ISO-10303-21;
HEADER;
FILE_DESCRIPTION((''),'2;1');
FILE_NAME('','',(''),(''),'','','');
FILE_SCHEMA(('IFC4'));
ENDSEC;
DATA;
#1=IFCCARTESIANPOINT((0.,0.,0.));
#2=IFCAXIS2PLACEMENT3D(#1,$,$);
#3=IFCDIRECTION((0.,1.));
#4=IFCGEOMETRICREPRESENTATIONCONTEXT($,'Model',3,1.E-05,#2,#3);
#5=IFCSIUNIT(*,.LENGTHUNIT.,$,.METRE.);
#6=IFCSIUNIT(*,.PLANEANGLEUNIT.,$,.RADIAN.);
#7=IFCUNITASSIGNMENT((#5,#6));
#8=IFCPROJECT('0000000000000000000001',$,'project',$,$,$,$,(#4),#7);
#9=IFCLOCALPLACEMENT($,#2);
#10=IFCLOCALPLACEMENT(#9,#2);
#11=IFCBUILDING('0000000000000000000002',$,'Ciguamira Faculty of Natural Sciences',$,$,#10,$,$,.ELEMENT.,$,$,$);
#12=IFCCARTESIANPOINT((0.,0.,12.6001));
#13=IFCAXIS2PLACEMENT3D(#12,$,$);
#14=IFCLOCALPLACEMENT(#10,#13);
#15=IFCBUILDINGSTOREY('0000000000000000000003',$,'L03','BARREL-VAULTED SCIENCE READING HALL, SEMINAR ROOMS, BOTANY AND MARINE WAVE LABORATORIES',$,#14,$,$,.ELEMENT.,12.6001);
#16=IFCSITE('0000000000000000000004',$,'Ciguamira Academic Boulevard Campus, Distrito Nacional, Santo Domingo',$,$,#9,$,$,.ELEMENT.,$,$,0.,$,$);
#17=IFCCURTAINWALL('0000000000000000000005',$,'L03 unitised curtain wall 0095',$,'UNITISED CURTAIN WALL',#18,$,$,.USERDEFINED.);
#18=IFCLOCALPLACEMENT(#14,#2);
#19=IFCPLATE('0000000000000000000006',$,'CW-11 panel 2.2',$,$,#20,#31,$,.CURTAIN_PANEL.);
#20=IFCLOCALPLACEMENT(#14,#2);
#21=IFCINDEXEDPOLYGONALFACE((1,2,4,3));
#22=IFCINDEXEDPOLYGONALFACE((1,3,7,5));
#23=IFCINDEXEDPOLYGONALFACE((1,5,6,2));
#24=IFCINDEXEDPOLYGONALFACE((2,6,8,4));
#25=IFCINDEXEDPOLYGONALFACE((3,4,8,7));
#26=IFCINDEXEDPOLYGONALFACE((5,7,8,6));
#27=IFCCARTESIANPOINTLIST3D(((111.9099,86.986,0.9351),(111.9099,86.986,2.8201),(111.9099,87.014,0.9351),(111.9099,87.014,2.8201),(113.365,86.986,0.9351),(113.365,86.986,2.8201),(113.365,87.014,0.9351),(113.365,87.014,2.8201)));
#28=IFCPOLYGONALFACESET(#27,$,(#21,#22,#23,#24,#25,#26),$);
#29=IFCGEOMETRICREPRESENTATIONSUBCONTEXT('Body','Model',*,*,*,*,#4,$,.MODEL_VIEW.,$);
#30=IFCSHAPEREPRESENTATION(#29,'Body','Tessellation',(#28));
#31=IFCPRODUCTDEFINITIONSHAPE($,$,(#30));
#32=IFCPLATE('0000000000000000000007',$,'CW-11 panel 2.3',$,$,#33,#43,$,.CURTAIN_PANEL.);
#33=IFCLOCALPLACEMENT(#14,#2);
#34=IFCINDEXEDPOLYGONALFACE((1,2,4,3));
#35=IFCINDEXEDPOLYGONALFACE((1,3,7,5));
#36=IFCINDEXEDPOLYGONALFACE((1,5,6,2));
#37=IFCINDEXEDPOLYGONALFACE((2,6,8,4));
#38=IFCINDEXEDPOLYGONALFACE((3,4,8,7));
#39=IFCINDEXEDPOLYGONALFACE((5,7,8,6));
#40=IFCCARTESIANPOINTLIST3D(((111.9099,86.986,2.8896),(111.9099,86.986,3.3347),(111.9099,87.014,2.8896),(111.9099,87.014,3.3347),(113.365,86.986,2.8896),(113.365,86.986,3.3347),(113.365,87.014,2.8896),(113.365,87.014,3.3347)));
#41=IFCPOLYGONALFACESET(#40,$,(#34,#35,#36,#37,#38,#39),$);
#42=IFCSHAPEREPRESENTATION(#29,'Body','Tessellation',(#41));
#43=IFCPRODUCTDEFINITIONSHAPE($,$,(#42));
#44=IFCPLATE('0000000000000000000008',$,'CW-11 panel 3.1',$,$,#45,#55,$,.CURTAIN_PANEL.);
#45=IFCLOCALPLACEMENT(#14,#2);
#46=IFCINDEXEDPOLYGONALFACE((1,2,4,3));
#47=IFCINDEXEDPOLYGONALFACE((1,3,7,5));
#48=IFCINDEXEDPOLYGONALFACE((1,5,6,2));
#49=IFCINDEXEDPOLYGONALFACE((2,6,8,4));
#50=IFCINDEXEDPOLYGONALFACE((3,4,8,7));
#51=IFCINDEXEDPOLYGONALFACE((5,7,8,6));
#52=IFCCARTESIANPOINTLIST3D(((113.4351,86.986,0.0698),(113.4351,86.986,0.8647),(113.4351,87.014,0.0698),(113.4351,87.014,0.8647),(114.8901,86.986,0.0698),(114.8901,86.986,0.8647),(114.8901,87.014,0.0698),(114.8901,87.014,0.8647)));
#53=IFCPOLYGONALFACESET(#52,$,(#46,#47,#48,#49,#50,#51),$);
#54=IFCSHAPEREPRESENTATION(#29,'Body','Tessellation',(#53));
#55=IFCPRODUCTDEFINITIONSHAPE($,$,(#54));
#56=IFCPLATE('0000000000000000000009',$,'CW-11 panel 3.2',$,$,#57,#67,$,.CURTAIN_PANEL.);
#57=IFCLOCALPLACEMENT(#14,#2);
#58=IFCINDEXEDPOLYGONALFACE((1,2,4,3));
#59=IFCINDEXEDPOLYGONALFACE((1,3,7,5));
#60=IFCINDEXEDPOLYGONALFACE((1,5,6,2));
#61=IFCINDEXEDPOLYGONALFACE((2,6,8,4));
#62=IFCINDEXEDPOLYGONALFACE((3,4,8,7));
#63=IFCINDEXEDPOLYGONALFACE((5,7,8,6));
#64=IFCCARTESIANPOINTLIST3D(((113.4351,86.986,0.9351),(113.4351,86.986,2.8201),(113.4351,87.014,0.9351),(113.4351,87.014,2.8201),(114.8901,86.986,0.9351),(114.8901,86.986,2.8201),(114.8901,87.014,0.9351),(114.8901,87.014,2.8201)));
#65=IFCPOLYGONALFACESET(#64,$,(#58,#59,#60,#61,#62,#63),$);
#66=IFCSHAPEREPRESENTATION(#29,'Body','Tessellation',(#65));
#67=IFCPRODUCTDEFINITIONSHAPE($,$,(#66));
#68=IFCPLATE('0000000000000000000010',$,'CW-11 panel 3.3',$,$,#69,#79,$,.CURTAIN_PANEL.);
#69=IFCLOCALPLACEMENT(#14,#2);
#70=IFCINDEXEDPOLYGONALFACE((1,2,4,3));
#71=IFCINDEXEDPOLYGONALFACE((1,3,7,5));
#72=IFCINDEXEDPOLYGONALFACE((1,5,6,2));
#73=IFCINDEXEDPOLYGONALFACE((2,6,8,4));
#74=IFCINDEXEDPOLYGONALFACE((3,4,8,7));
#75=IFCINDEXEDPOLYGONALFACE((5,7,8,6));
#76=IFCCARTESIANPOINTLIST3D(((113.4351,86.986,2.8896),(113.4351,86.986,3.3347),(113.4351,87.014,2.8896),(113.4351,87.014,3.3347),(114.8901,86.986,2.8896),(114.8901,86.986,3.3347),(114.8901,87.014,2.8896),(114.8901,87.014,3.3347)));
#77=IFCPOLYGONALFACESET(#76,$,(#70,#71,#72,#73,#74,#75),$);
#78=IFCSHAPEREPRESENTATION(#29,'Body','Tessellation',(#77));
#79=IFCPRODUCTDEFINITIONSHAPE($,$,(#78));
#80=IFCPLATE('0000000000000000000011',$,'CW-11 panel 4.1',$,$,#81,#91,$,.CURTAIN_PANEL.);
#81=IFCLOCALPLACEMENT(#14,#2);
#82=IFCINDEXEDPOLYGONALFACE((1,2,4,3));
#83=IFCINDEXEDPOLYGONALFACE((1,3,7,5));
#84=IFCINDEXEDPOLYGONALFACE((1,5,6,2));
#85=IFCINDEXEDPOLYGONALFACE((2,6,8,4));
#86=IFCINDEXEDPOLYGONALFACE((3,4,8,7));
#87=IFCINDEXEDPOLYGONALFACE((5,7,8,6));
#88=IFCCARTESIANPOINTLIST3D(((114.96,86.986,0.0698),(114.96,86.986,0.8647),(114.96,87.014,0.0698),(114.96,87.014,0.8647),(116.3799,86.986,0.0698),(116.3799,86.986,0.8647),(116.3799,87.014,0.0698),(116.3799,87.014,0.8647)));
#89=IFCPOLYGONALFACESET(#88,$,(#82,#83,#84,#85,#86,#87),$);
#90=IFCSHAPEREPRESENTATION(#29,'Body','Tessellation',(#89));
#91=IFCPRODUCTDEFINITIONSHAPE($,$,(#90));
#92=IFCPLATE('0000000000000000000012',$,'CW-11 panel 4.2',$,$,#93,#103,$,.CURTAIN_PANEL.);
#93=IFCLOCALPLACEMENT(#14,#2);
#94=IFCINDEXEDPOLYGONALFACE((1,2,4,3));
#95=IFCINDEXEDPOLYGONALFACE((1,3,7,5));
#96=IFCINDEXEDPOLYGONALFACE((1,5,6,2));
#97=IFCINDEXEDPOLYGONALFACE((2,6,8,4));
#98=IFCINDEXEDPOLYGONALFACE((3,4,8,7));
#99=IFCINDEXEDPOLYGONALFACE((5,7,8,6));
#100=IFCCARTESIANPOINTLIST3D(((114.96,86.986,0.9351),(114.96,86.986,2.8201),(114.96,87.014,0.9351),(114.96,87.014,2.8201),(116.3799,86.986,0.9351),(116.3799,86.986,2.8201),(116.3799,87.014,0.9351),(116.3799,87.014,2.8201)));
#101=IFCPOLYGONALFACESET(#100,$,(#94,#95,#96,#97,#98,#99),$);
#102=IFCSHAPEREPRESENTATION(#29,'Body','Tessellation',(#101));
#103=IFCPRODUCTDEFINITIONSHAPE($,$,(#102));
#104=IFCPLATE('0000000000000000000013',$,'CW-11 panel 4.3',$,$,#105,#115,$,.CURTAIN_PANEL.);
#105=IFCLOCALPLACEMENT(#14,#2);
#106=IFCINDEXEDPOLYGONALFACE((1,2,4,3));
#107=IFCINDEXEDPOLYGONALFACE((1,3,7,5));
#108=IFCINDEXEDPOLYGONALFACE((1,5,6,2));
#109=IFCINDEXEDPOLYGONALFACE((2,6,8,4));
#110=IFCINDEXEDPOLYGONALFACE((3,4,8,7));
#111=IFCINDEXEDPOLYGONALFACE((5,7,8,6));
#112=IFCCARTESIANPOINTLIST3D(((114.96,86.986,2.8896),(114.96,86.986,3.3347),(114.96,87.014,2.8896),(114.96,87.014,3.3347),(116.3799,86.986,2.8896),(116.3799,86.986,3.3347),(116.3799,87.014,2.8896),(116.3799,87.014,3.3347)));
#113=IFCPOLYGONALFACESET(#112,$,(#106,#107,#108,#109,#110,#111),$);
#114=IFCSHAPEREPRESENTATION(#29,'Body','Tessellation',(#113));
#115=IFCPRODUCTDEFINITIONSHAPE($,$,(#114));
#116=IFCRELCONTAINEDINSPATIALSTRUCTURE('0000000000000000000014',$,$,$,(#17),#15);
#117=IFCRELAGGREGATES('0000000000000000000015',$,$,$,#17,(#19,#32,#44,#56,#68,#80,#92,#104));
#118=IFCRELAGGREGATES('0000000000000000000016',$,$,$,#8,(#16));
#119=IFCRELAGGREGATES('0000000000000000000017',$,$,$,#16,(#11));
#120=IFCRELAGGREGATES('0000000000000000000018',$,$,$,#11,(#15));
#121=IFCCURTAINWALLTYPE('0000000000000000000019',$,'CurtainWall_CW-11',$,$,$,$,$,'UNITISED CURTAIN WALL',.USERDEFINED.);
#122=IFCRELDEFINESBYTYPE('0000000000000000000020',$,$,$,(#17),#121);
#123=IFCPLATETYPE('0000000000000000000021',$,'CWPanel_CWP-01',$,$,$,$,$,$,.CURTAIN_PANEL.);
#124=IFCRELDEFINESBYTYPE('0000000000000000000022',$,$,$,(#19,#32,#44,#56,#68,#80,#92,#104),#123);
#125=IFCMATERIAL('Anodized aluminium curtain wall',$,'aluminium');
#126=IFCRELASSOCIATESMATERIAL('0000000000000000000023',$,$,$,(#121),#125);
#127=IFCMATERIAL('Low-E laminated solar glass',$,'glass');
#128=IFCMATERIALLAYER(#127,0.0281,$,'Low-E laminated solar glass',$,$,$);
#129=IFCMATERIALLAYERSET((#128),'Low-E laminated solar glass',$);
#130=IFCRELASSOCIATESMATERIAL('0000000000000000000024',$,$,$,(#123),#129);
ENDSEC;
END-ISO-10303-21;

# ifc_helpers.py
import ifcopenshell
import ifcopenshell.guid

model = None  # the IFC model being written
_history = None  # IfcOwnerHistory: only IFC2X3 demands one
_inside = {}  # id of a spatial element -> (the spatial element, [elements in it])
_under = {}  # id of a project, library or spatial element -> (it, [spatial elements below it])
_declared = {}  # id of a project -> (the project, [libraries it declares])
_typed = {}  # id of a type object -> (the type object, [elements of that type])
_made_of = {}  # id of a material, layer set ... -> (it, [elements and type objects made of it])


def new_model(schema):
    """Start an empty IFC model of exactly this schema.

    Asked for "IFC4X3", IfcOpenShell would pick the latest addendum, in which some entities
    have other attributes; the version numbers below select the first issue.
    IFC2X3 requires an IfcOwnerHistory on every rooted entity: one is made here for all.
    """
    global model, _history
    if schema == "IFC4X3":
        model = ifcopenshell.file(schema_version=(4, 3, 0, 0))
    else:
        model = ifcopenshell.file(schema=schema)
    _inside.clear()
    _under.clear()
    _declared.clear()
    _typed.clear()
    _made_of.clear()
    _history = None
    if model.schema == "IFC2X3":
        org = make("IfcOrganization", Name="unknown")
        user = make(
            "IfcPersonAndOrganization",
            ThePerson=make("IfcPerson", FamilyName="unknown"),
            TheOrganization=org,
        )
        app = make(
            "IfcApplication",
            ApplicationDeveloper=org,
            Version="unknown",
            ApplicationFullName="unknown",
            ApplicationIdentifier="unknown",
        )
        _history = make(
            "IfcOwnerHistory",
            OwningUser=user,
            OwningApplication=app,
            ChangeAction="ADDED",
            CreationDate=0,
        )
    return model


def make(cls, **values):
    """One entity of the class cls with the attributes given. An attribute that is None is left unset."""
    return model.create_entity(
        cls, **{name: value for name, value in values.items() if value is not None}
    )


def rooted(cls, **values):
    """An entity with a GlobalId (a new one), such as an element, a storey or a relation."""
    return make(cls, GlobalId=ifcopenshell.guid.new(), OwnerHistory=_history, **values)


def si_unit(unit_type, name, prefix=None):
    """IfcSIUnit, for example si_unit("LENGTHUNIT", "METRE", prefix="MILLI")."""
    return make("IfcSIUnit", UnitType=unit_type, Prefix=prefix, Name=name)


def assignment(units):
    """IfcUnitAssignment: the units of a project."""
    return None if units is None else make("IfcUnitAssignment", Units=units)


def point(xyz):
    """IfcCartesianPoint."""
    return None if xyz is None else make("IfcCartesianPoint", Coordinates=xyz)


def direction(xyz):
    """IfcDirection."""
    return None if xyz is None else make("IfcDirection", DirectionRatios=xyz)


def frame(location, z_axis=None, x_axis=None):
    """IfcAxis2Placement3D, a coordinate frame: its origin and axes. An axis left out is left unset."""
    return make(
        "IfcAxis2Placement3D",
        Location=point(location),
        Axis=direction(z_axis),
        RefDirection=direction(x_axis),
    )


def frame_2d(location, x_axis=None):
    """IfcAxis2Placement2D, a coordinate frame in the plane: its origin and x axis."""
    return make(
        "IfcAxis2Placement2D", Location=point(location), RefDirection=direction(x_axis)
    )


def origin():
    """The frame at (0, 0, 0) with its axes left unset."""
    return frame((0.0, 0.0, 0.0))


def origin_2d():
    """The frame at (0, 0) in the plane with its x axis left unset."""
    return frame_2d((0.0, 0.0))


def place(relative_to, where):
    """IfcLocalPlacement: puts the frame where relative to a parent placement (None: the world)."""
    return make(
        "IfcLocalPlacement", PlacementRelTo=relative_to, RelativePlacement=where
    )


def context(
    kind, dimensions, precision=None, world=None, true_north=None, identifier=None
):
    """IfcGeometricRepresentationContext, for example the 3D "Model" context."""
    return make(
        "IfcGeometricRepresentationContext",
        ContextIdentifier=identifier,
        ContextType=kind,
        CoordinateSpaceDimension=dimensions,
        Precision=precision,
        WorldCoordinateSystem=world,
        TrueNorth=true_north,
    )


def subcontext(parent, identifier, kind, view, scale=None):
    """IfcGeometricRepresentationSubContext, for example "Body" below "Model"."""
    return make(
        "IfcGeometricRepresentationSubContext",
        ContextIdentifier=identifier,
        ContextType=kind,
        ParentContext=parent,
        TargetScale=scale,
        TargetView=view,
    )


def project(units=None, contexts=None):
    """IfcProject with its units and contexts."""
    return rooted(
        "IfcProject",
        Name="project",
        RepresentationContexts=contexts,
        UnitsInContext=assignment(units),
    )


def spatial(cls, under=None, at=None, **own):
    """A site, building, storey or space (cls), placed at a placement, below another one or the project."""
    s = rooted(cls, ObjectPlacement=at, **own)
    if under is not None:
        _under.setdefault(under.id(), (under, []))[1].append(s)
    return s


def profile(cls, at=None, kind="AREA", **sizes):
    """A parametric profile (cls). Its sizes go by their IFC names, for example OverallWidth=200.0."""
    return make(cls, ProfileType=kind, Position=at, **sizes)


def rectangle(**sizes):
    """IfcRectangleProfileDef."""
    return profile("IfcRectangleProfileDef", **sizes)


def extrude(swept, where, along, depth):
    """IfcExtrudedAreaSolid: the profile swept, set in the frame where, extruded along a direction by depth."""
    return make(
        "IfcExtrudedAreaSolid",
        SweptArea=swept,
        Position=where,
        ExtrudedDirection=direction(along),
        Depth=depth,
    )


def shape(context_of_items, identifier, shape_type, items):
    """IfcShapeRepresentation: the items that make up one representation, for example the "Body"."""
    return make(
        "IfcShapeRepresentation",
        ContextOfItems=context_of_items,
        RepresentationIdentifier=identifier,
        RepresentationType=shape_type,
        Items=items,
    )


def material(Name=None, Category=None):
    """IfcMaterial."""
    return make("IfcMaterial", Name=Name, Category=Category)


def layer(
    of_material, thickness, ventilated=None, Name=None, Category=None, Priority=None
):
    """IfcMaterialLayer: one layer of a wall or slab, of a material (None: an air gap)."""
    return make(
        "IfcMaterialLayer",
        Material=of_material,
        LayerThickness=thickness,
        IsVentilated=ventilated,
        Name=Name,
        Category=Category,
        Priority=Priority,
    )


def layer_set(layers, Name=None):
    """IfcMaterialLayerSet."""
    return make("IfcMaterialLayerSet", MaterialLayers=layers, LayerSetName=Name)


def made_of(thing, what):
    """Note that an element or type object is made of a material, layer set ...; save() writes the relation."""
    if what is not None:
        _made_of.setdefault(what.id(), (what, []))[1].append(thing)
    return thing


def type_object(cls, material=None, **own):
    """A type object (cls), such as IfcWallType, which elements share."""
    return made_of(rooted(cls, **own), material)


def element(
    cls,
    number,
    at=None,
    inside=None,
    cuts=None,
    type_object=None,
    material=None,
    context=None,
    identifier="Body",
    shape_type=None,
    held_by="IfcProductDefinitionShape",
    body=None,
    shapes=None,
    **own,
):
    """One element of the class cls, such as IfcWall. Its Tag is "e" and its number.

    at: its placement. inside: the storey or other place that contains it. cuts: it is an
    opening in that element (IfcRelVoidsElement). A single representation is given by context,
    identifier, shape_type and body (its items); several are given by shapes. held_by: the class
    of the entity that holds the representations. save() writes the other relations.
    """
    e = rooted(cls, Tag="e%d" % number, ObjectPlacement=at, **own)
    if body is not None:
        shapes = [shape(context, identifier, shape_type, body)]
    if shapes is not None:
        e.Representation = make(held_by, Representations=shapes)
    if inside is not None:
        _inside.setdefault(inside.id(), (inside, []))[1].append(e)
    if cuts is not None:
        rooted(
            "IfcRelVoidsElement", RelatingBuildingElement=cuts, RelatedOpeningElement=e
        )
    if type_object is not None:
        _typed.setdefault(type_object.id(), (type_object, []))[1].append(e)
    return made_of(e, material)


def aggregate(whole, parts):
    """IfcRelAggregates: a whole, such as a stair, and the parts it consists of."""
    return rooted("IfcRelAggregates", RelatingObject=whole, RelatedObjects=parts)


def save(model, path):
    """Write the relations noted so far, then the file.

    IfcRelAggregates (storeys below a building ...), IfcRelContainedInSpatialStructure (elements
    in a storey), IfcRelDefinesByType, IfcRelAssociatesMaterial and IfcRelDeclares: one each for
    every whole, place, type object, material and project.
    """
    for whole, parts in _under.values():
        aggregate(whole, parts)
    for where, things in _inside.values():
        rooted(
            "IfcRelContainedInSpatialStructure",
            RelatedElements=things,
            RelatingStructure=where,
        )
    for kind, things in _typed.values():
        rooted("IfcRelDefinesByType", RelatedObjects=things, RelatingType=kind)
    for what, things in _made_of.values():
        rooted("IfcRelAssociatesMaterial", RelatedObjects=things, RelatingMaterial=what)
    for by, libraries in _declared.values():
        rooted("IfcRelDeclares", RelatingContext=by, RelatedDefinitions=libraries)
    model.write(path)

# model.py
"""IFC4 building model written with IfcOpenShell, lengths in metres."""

from ifc_helpers import new_model, si_unit, direction, frame, origin, origin_2d, place, context, subcontext, project, spatial, rectangle, extrude, material, layer, layer_set, type_object, element, aggregate, save


model = new_model("IFC4")

# Units and contexts
model_context = context("Model", 3, precision=1e-05, world=origin(), true_north=direction((0.0, 1.0)))
body_context = subcontext(model_context, "Body", "Model", "MODEL_VIEW")
ifc_project = project(units=[si_unit("LENGTHUNIT", "METRE"), si_unit("PLANEANGLEUNIT", "RADIAN")], contexts=[model_context])

# Site, building, storey
site_placement = place(None, origin())
site = spatial("IfcSite", under=ifc_project, at=site_placement, Name="Ciguamira Academic Boulevard Campus, Distrito Nacional, Santo Domingo", CompositionType="ELEMENT", RefElevation=0.0)
building_placement = place(site_placement, origin())
building = spatial("IfcBuilding", under=site, at=building_placement, Name="Ciguamira Faculty of Natural Sciences", CompositionType="ELEMENT")
storey_placement = place(building_placement, frame((0.0, 0.0, 12.6001)))
storey = spatial("IfcBuildingStorey", under=building, at=storey_placement, Name="L03", Description="BARREL-VAULTED SCIENCE READING HALL, SEMINAR ROOMS, BOTANY AND MARINE WAVE LABORATORIES", CompositionType="ELEMENT", Elevation=12.6001)

# Curtain wall
ifc_material_1 = material(Name="Anodized aluminium curtain wall", Category="aluminium")
curtain_wall_type = type_object("IfcCurtainWallType", Name="CurtainWall_CW-11", ElementType="UNITISED CURTAIN WALL", PredefinedType="USERDEFINED", material=ifc_material_1)
curtain_wall_placement = place(storey_placement, origin())
curtain_wall = element("IfcCurtainWall", 1, at=curtain_wall_placement, inside=storey, type_object=curtain_wall_type, Name="L03 unitised curtain wall 0095", ObjectType="UNITISED CURTAIN WALL", PredefinedType="USERDEFINED")

# Plates
ifc_material_2 = material(Name="Low-E laminated solar glass", Category="glass")
ifc_layer = layer(ifc_material_2, 0.0281, Name="Low-E laminated solar glass")
ifc_layer_set = layer_set([ifc_layer], Name="Low-E laminated solar glass")
plate_type = type_object("IfcPlateType", Name="CWPanel_CWP-01", PredefinedType="CURTAIN_PANEL", material=ifc_layer_set)
plate_1_placement = place(storey_placement, frame((112.6375, 87.0, 0.9351), z_axis=(0.0, 0.0, 1.0), x_axis=(1.0, 0.0, 0.0)))
plate_1 = element("IfcPlate", 2, at=plate_1_placement, type_object=plate_type, Name="CW-11 panel 2.2", PredefinedType="CURTAIN_PANEL", context=body_context, shape_type="SweptSolid", body=[
    extrude(rectangle(XDim=1.4551, YDim=0.0281, at=origin_2d()), origin(), (0.0, 0.0, 1.0), 1.885),
])
plate_2_placement = place(storey_placement, frame((112.6375, 87.0, 2.8896), z_axis=(0.0, 0.0, 1.0), x_axis=(1.0, 0.0, 0.0)))
plate_2 = element("IfcPlate", 3, at=plate_2_placement, type_object=plate_type, Name="CW-11 panel 2.3", PredefinedType="CURTAIN_PANEL", context=body_context, shape_type="SweptSolid", body=[
    extrude(rectangle(XDim=1.4551, YDim=0.0281, at=origin_2d()), origin(), (0.0, 0.0, 1.0), 0.4451),
])
plate_3_placement = place(storey_placement, frame((114.1626, 87.0, 0.0698), z_axis=(0.0, 0.0, 1.0), x_axis=(1.0, 0.0, 0.0)))
plate_3 = element("IfcPlate", 4, at=plate_3_placement, type_object=plate_type, Name="CW-11 panel 3.1", PredefinedType="CURTAIN_PANEL", context=body_context, shape_type="SweptSolid", body=[
    extrude(rectangle(XDim=1.4551, YDim=0.0281, at=origin_2d()), origin(), (0.0, 0.0, 1.0), 0.7949),
])
plate_4_placement = place(storey_placement, frame((114.1626, 87.0, 0.9351), z_axis=(0.0, 0.0, 1.0), x_axis=(1.0, 0.0, 0.0)))
plate_4 = element("IfcPlate", 5, at=plate_4_placement, type_object=plate_type, Name="CW-11 panel 3.2", PredefinedType="CURTAIN_PANEL", context=body_context, shape_type="SweptSolid", body=[
    extrude(rectangle(XDim=1.4551, YDim=0.0281, at=origin_2d()), origin(), (0.0, 0.0, 1.0), 1.885),
])
plate_5_placement = place(storey_placement, frame((114.1626, 87.0, 2.8896), z_axis=(0.0, 0.0, 1.0), x_axis=(1.0, 0.0, 0.0)))
plate_5 = element("IfcPlate", 6, at=plate_5_placement, type_object=plate_type, Name="CW-11 panel 3.3", PredefinedType="CURTAIN_PANEL", context=body_context, shape_type="SweptSolid", body=[
    extrude(rectangle(XDim=1.4551, YDim=0.0281, at=origin_2d()), origin(), (0.0, 0.0, 1.0), 0.4451),
])
plate_6_placement = place(storey_placement, frame((115.6699, 87.0, 0.0698), z_axis=(0.0, 0.0, 1.0), x_axis=(1.0, 0.0, 0.0)))
plate_6 = element("IfcPlate", 7, at=plate_6_placement, type_object=plate_type, Name="CW-11 panel 4.1", PredefinedType="CURTAIN_PANEL", context=body_context, shape_type="SweptSolid", body=[
    extrude(rectangle(XDim=1.4199, YDim=0.0281, at=origin_2d()), origin(), (0.0, 0.0, 1.0), 0.7949),
])
plate_7_placement = place(storey_placement, frame((115.6699, 87.0, 0.9351), z_axis=(0.0, 0.0, 1.0), x_axis=(1.0, 0.0, 0.0)))
plate_7 = element("IfcPlate", 8, at=plate_7_placement, type_object=plate_type, Name="CW-11 panel 4.2", PredefinedType="CURTAIN_PANEL", context=body_context, shape_type="SweptSolid", body=[
    extrude(rectangle(XDim=1.4199, YDim=0.0281, at=origin_2d()), origin(), (0.0, 0.0, 1.0), 1.885),
])
plate_8_placement = place(storey_placement, frame((115.6699, 87.0, 2.8896), z_axis=(0.0, 0.0, 1.0), x_axis=(1.0, 0.0, 0.0)))
plate_8 = element("IfcPlate", 9, at=plate_8_placement, type_object=plate_type, Name="CW-11 panel 4.3", PredefinedType="CURTAIN_PANEL", context=body_context, shape_type="SweptSolid", body=[
    extrude(rectangle(XDim=1.4199, YDim=0.0281, at=origin_2d()), origin(), (0.0, 0.0, 1.0), 0.4451),
])
aggregate(curtain_wall, [plate_1, plate_2, plate_3, plate_4, plate_5, plate_6, plate_7, plate_8])

save(model, "model.ifc")
